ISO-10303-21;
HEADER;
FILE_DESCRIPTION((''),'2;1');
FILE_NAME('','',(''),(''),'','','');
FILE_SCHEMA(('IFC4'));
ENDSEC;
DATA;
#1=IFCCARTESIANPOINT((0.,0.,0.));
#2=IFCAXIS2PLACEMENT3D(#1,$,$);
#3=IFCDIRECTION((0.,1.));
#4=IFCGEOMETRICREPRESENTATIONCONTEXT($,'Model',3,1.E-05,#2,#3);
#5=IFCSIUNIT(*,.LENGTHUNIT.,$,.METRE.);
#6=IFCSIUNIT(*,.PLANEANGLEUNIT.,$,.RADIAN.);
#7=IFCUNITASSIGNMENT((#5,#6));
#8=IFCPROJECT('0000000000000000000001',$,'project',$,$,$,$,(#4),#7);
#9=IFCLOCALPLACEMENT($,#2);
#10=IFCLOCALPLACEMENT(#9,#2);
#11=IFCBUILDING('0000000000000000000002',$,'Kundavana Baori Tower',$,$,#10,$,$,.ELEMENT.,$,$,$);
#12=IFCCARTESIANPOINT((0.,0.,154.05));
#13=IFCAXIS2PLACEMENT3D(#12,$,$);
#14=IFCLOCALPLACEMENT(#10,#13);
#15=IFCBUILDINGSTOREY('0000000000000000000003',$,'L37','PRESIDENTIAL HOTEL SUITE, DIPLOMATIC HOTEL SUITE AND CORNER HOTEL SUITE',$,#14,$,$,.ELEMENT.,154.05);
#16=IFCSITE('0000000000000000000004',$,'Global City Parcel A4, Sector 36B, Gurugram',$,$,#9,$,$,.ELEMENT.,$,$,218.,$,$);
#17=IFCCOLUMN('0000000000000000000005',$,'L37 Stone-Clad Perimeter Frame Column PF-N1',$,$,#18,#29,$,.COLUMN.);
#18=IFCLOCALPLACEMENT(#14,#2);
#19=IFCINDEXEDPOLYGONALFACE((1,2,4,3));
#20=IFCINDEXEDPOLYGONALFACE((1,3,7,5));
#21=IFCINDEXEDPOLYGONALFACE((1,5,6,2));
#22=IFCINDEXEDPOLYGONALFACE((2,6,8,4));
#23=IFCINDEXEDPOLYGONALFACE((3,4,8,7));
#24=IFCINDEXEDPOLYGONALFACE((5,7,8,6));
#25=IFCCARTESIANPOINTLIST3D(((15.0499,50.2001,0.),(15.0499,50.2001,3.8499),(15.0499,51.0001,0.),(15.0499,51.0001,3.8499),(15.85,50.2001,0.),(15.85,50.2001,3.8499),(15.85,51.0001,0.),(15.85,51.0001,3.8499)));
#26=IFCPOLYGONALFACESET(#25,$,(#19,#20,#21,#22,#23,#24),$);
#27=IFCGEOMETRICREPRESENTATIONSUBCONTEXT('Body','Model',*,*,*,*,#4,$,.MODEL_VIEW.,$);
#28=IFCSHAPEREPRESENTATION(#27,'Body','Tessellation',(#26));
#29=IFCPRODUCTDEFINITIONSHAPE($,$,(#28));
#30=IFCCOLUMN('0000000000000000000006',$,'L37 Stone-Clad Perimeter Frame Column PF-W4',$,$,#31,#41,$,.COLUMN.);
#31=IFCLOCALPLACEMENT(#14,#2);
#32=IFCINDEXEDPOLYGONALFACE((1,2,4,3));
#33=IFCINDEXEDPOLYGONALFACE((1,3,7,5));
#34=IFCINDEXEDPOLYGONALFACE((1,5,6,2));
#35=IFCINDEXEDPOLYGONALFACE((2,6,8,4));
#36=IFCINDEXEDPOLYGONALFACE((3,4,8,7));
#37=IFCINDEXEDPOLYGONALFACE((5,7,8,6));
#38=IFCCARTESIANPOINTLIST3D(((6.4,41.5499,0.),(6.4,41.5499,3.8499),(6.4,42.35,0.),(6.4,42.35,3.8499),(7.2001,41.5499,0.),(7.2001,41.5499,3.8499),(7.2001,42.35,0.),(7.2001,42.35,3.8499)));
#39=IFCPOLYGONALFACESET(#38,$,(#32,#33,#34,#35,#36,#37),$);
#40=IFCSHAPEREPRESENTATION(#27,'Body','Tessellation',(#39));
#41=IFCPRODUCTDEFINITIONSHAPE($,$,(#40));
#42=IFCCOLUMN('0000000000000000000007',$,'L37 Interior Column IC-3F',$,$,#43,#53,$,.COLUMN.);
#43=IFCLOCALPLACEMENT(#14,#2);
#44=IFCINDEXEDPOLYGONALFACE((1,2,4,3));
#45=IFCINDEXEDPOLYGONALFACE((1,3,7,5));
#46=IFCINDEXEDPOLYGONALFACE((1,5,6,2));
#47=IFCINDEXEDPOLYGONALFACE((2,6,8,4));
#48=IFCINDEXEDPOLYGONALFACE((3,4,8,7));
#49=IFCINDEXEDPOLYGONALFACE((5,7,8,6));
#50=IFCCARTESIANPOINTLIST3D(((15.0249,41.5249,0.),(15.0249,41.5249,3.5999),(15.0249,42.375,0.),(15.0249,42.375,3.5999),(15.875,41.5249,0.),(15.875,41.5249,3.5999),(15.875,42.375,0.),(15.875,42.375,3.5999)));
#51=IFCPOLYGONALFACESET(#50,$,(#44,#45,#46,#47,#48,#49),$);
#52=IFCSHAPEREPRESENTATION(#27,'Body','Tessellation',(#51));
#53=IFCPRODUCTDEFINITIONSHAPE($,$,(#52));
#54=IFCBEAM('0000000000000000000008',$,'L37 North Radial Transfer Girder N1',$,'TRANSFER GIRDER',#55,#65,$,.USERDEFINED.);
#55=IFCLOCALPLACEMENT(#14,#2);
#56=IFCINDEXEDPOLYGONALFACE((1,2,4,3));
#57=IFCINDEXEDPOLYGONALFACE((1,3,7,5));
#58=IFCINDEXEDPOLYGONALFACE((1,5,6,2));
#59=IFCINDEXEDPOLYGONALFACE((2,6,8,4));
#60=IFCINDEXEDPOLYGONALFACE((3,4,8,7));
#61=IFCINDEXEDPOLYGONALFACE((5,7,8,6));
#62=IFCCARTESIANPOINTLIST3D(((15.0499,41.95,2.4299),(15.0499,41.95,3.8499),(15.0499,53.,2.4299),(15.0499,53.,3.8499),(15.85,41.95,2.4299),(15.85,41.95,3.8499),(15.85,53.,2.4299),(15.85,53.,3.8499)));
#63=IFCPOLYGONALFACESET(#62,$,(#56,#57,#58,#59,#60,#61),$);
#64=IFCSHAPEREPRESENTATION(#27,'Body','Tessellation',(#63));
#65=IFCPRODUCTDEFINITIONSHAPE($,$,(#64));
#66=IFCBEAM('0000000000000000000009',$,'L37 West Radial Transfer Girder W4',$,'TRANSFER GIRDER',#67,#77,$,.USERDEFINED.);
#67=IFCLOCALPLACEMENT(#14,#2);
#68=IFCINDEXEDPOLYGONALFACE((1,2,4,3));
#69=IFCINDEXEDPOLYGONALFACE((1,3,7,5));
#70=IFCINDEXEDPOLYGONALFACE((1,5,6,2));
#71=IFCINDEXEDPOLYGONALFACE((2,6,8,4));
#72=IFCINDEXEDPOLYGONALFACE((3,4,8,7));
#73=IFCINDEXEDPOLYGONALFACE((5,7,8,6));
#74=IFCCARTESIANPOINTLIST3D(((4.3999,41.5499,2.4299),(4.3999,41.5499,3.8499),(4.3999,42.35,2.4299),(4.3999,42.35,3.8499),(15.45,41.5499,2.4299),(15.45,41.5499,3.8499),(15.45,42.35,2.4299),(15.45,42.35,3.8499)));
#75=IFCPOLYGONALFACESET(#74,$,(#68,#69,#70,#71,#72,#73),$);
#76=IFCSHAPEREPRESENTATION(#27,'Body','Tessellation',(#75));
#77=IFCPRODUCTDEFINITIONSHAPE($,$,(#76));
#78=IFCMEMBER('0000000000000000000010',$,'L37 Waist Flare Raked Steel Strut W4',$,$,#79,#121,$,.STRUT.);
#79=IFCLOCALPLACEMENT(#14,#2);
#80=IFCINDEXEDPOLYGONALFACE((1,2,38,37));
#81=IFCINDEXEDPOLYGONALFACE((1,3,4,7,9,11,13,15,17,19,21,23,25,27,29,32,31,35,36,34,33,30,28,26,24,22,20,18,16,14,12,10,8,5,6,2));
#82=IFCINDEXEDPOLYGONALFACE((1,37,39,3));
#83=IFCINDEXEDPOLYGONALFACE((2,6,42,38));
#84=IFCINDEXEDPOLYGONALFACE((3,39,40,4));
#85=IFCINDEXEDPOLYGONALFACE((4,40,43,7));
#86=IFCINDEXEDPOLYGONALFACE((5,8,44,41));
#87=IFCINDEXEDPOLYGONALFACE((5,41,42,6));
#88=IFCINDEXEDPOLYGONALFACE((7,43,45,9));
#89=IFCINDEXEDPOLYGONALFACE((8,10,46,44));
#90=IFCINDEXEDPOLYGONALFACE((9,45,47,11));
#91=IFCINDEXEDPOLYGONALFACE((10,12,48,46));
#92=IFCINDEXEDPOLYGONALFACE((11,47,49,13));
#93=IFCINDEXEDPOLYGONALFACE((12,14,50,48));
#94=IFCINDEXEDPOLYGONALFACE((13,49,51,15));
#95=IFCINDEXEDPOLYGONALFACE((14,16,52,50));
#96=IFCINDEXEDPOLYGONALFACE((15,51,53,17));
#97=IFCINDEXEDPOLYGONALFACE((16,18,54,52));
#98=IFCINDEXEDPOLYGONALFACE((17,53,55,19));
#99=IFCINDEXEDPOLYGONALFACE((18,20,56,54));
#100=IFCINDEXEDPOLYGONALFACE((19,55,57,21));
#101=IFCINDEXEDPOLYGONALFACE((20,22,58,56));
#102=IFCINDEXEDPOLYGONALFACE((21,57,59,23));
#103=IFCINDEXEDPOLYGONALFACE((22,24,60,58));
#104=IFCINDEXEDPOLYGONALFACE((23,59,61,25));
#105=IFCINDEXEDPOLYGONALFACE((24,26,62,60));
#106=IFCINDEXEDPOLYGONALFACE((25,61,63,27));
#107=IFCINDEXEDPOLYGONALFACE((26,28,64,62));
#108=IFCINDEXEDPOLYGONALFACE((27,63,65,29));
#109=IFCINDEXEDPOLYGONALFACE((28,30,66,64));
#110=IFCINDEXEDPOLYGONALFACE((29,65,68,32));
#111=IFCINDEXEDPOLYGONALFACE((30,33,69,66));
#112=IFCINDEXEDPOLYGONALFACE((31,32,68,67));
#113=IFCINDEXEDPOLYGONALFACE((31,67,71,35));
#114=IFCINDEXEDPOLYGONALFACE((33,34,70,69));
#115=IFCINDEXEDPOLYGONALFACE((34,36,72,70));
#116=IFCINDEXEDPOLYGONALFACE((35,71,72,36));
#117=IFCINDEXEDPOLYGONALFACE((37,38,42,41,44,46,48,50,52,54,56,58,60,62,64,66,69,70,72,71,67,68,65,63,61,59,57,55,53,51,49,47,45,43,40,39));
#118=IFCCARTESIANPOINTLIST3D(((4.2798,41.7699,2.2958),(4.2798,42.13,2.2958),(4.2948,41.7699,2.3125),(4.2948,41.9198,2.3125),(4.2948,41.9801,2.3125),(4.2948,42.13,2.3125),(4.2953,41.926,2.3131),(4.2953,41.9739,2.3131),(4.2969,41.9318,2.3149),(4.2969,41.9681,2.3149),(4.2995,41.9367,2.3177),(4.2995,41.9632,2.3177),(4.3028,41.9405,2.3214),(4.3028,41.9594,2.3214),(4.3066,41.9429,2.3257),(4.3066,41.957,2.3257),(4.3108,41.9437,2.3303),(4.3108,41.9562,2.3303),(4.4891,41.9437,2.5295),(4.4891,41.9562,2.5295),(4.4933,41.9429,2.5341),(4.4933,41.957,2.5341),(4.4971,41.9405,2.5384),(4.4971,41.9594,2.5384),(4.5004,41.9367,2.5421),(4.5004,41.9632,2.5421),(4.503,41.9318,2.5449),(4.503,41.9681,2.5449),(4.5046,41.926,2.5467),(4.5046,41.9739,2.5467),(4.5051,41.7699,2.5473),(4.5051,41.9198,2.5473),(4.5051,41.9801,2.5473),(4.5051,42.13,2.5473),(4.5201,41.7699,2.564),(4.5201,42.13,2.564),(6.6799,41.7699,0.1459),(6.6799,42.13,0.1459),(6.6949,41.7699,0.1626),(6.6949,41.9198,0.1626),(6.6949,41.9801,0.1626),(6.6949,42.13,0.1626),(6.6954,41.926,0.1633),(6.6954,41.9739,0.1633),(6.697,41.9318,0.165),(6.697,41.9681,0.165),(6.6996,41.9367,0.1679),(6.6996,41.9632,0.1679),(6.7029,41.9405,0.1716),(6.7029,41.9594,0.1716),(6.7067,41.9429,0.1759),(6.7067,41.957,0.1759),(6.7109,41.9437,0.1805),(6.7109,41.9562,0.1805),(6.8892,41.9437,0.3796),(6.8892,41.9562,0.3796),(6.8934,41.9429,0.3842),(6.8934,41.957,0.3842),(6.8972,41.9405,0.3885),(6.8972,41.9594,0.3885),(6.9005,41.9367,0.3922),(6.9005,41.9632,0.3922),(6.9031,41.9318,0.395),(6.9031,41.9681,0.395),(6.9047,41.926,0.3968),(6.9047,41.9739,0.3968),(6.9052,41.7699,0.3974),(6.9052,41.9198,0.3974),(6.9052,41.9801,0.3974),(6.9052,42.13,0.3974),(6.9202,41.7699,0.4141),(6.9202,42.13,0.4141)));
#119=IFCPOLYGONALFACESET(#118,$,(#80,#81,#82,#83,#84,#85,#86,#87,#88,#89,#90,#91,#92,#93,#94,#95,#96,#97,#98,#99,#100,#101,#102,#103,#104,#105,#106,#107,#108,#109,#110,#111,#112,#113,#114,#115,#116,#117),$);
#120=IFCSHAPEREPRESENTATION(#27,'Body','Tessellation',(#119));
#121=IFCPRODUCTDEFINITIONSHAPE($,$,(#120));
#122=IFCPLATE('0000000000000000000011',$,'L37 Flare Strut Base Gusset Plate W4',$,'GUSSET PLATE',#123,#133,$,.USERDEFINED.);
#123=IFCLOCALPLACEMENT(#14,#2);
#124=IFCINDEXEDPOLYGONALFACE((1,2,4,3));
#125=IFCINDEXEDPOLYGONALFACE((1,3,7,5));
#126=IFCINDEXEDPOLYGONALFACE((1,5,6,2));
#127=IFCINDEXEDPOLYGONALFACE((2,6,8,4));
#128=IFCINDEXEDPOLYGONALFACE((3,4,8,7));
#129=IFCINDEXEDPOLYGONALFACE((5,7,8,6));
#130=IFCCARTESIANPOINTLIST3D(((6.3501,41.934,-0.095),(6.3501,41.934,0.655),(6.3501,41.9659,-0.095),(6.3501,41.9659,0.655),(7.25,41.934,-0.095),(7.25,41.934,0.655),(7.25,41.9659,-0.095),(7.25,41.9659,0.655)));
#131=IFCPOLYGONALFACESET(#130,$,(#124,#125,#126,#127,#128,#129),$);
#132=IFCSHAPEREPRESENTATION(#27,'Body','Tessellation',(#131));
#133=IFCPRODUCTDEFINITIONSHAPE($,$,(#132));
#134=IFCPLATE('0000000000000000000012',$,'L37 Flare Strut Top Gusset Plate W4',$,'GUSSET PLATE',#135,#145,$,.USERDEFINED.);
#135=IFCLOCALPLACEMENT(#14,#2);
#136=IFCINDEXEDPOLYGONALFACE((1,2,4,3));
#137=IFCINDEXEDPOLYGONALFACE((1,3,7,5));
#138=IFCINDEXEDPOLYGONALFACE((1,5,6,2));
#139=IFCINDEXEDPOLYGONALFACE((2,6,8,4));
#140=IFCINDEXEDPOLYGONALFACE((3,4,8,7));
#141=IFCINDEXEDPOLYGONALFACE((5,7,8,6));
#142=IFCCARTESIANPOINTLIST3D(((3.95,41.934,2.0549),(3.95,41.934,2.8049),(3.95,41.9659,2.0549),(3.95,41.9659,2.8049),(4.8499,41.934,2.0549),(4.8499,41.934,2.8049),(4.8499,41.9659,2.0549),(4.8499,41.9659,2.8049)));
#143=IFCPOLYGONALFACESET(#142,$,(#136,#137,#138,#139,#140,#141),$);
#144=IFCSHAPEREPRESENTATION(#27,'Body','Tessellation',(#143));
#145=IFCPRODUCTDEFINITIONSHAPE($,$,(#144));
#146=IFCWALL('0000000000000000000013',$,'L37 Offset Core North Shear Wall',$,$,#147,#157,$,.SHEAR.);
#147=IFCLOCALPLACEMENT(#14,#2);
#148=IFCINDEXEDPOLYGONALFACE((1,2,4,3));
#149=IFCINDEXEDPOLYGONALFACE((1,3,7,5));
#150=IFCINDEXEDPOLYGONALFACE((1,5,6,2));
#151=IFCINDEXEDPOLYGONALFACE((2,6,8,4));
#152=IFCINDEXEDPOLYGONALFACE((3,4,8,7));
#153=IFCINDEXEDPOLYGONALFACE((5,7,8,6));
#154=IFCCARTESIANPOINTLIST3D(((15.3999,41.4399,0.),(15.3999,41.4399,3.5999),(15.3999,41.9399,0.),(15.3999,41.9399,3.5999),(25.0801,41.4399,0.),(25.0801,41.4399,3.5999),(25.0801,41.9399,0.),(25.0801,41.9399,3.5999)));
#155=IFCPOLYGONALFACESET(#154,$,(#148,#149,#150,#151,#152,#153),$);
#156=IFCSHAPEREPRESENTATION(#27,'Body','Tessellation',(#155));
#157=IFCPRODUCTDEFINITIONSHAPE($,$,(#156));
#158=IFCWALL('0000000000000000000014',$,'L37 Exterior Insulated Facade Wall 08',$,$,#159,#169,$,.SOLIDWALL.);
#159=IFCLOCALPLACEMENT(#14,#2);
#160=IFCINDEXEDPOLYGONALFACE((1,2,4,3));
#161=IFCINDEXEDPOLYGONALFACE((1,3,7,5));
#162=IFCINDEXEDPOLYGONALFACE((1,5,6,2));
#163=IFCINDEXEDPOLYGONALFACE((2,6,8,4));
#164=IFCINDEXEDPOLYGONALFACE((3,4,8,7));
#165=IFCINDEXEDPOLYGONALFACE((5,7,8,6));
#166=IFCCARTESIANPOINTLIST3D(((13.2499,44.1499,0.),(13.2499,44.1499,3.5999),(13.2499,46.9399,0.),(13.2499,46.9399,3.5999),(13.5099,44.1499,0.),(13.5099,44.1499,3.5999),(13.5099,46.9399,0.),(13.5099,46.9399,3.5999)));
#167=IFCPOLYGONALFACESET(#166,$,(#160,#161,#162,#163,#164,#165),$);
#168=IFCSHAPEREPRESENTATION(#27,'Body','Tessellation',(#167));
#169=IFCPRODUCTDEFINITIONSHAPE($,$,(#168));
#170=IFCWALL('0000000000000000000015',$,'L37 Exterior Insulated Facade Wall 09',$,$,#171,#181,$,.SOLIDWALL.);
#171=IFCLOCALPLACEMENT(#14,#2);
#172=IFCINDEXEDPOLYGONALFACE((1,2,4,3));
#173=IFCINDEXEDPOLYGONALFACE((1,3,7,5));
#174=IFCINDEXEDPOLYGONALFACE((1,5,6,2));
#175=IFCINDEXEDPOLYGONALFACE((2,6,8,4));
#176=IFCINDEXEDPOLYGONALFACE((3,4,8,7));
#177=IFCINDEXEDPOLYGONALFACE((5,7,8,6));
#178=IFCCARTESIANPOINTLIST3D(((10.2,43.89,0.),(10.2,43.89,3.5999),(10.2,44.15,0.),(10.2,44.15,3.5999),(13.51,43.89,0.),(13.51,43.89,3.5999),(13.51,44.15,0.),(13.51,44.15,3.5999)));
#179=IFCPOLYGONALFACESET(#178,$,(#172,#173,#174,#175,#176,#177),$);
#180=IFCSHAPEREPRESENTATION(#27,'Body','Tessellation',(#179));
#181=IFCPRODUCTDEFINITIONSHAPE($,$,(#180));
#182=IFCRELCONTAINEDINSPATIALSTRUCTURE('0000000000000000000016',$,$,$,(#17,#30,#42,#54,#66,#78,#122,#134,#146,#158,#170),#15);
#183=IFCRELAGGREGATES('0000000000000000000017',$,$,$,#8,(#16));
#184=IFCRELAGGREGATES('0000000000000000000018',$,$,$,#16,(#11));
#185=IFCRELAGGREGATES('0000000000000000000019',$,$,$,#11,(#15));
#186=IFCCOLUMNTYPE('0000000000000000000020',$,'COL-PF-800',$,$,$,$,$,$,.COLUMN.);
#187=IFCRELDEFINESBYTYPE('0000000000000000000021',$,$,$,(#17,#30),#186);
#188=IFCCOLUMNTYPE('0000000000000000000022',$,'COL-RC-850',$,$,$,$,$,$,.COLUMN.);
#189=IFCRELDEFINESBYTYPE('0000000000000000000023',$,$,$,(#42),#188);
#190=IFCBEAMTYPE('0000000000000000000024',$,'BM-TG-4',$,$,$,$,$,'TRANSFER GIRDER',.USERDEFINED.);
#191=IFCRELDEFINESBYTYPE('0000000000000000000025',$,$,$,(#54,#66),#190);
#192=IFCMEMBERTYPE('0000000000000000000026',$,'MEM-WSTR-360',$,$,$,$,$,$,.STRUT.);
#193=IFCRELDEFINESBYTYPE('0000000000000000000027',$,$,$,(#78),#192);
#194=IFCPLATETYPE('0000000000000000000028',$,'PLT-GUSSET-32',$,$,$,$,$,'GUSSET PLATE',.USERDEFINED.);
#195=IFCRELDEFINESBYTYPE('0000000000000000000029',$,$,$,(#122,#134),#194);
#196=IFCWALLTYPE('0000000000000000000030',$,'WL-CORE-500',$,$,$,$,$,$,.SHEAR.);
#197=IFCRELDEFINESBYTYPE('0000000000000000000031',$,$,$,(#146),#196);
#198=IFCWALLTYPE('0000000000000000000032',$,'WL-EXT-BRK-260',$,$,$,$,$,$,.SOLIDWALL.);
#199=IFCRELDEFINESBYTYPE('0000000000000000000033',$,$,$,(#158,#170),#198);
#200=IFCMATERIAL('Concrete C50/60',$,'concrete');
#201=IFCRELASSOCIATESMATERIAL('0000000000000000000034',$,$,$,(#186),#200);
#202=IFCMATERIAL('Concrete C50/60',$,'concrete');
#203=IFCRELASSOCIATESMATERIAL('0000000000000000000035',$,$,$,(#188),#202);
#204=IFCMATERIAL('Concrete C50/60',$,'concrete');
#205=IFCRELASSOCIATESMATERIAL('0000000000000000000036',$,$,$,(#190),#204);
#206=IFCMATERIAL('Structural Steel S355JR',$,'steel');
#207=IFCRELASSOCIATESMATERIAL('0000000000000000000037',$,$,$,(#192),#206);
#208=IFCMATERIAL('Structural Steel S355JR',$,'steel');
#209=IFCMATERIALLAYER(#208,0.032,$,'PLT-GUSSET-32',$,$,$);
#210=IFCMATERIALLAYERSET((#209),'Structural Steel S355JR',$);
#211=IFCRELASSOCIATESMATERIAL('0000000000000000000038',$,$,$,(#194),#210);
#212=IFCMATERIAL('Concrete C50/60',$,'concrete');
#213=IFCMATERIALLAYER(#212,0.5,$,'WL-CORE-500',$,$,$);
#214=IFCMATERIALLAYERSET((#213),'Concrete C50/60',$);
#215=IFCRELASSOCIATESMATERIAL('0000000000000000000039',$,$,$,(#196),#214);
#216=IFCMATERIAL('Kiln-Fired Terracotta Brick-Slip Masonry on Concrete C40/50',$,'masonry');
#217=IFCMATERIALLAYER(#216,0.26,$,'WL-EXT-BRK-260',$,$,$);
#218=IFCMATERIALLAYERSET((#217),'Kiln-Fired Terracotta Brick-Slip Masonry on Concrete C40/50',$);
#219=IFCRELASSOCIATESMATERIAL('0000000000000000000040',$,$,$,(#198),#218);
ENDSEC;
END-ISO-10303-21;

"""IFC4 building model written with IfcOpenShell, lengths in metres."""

from ifc_helpers import new_model, si_unit, direction, frame, frame_2d, origin, origin_2d, place, context, subcontext, project, spatial, rectangle, i_section, extrude, material, layer, layer_set, material_profile, profile_set, type_object, element, save


model = new_model("IFC4")

# Units and contexts
model_context = context("Model", 3, precision=1e-05, world=origin(), true_north=direction((0.0, 1.0)))
body_context = subcontext(model_context, "Body", "Model", "MODEL_VIEW")
ifc_project = project(units=[si_unit("LENGTHUNIT", "METRE"), si_unit("PLANEANGLEUNIT", "RADIAN")], contexts=[model_context])

# Site, building, storey
site_placement = place(None, origin())
site = spatial("IfcSite", under=ifc_project, at=site_placement, Name="Global City Parcel A4, Sector 36B, Gurugram", CompositionType="ELEMENT", RefElevation=218.0)
building_placement = place(site_placement, origin())
building = spatial("IfcBuilding", under=site, at=building_placement, Name="Kundavana Baori Tower", CompositionType="ELEMENT")
storey_placement = place(building_placement, frame((0.0, 0.0, 154.05)))
storey = spatial("IfcBuildingStorey", under=building, at=storey_placement, Name="L37", Description="PRESIDENTIAL HOTEL SUITE, DIPLOMATIC HOTEL SUITE AND CORNER HOTEL SUITE", CompositionType="ELEMENT", Elevation=154.05)

# Columns
ifc_material_1 = material(Name="Concrete C50/60", Category="concrete")
ifc_material_profile_1 = material_profile(ifc_material_1, rectangle(XDim=0.8, YDim=0.8, at=origin_2d()), Name="RC PF 800x800")
ifc_profile_set_1 = profile_set([ifc_material_profile_1], Name="Concrete C50/60")
column_type_1 = type_object("IfcColumnType", Name="COL-PF-800", PredefinedType="COLUMN", material=ifc_profile_set_1)
for number, where, z_axis, x_axis, name in (
    (1, (15.45, 50.6001, 0.0), (0.0, 0.0, 1.0), (1.0, 0.0, 0.0), "L37 Stone-Clad Perimeter Frame Column PF-N1"),
    (2, (6.8, 41.95, 0.0), (0.0, 0.0, 1.0), (1.0, 0.0, 0.0), "L37 Stone-Clad Perimeter Frame Column PF-W4"),
):
    element("IfcColumn", number, at=place(storey_placement, frame(where, z_axis=z_axis, x_axis=x_axis)), inside=storey, type_object=column_type_1, Name=name, PredefinedType="COLUMN", context=body_context, shape_type="SweptSolid", body=[
        extrude(rectangle(XDim=0.8, YDim=0.8, at=origin_2d()), origin(), (0.0, 0.0, 1.0), 3.8499),
    ])
ifc_material_2 = material(Name="Concrete C50/60", Category="concrete")
ifc_material_profile_2 = material_profile(ifc_material_2, rectangle(XDim=0.8501, YDim=0.8501, at=origin_2d()), Name="RC 850x850")
ifc_profile_set_2 = profile_set([ifc_material_profile_2], Name="Concrete C50/60")
column_type_2 = type_object("IfcColumnType", Name="COL-RC-850", PredefinedType="COLUMN", material=ifc_profile_set_2)
column_placement = place(storey_placement, frame((15.45, 41.95, 0.0), z_axis=(0.0, 0.0, 1.0), x_axis=(1.0, 0.0, 0.0)))
element("IfcColumn", 3, at=column_placement, inside=storey, type_object=column_type_2, Name="L37 Interior Column IC-3F", PredefinedType="COLUMN", context=body_context, shape_type="SweptSolid", body=[
    extrude(rectangle(XDim=0.8501, YDim=0.8501, at=origin_2d()), origin(), (0.0, 0.0, 1.0), 3.5999),
])

# Beams
ifc_material_3 = material(Name="Concrete C50/60", Category="concrete")
ifc_material_profile_3 = material_profile(ifc_material_3, rectangle(XDim=0.8, YDim=1.4199, at=origin_2d()), Name="BM-TG-4")
ifc_profile_set_3 = profile_set([ifc_material_profile_3], Name="Concrete C50/60")
beam_type = type_object("IfcBeamType", Name="BM-TG-4", ElementType="TRANSFER GIRDER", PredefinedType="USERDEFINED", material=ifc_profile_set_3)
for number, where, z_axis, x_axis, name in (
    (4, (15.45, 41.95, 3.1399), (0.0, 1.0, 0.0), (-1.0, 0.0, 0.0), "L37 North Radial Transfer Girder N1"),
    (5, (15.45, 41.95, 3.1399), (-1.0, 0.0, 0.0), (0.0, -1.0, 0.0), "L37 West Radial Transfer Girder W4"),
):
    element("IfcBeam", number, at=place(storey_placement, frame(where, z_axis=z_axis, x_axis=x_axis)), inside=storey, type_object=beam_type, Name=name, ObjectType="TRANSFER GIRDER", PredefinedType="USERDEFINED", context=body_context, shape_type="SweptSolid", body=[
        extrude(rectangle(XDim=0.8, YDim=1.4199, at=origin_2d()), origin(), (0.0, 0.0, 1.0), 11.05),
    ])

# Member
ifc_material_4 = material(Name="Structural Steel S355JR", Category="steel")
ifc_material_profile_4 = material_profile(ifc_material_4, i_section(OverallWidth=0.3601, OverallDepth=0.3601, WebThickness=0.0125, FlangeThickness=0.0225, FilletRadius=0.0239, at=origin_2d()), Name="WPB 360x360x142")
ifc_profile_set_4 = profile_set([ifc_material_profile_4], Name="Structural Steel S355JR")
member_type = type_object("IfcMemberType", Name="MEM-WSTR-360", PredefinedType="STRUT", material=ifc_profile_set_4)
member_placement = place(storey_placement, frame((6.8, 41.95, 0.28), z_axis=(-0.744871, 0.0, 0.667209), x_axis=(0.0, -1.0, 0.0)))
element("IfcMember", 6, at=member_placement, inside=storey, type_object=member_type, Name="L37 Waist Flare Raked Steel Strut W4", PredefinedType="STRUT", context=body_context, shape_type="SweptSolid", body=[
    extrude(i_section(OverallWidth=0.3601, OverallDepth=0.3601, WebThickness=0.0125, FlangeThickness=0.0225, FilletRadius=0.0239, at=origin_2d()), origin(), (0.0, 0.0, 1.0), 3.2222),
])

# Plates
ifc_material_5 = material(Name="Structural Steel S355JR", Category="steel")
ifc_layer_1 = layer(ifc_material_5, 0.032, Name="PLT-GUSSET-32")
ifc_layer_set_1 = layer_set([ifc_layer_1], Name="Structural Steel S355JR")
plate_type = type_object("IfcPlateType", Name="PLT-GUSSET-32", ElementType="GUSSET PLATE", PredefinedType="USERDEFINED", material=ifc_layer_set_1)
for number, where, z_axis, x_axis, name in (
    (7, (6.8, 41.95, -0.095), (0.0, 0.0, 1.0), (1.0, 0.0, 0.0), "L37 Flare Strut Base Gusset Plate W4"),
    (8, (4.3999, 41.95, 2.0549), (0.0, 0.0, 1.0), (1.0, 0.0, 0.0), "L37 Flare Strut Top Gusset Plate W4"),
):
    element("IfcPlate", number, at=place(storey_placement, frame(where, z_axis=z_axis, x_axis=x_axis)), inside=storey, type_object=plate_type, Name=name, ObjectType="GUSSET PLATE", PredefinedType="USERDEFINED", context=body_context, shape_type="SweptSolid", body=[
        extrude(rectangle(XDim=0.8999, YDim=0.032, at=origin_2d()), origin(), (0.0, 0.0, 1.0), 0.75),
    ])

# Walls
ifc_material_6 = material(Name="Concrete C50/60", Category="concrete")
ifc_layer_2 = layer(ifc_material_6, 0.5, Name="WL-CORE-500")
ifc_layer_set_2 = layer_set([ifc_layer_2], Name="Concrete C50/60")
wall_type_1 = type_object("IfcWallType", Name="WL-CORE-500", PredefinedType="SHEAR", material=ifc_layer_set_2)
wall_1_placement = place(storey_placement, frame((15.3999, 41.6899, 0.0), z_axis=(0.0, 0.0, 1.0), x_axis=(1.0, 0.0, 0.0)))
element("IfcWall", 9, at=wall_1_placement, inside=storey, type_object=wall_type_1, Name="L37 Offset Core North Shear Wall", PredefinedType="SHEAR", context=body_context, shape_type="SweptSolid", body=[
    extrude(rectangle(XDim=9.6802, YDim=0.5, at=frame_2d((4.8401, 0.0))), origin(), (0.0, 0.0, 1.0), 3.5999),
])
ifc_material_7 = material(Name="Kiln-Fired Terracotta Brick-Slip Masonry on Concrete C40/50", Category="masonry")
ifc_layer_3 = layer(ifc_material_7, 0.26, Name="WL-EXT-BRK-260")
ifc_layer_set_3 = layer_set([ifc_layer_3], Name="Kiln-Fired Terracotta Brick-Slip Masonry on Concrete C40/50")
wall_type_2 = type_object("IfcWallType", Name="WL-EXT-BRK-260", PredefinedType="SOLIDWALL", material=ifc_layer_set_3)
wall_2_placement = place(storey_placement, frame((13.3799, 46.9399, 0.0), z_axis=(0.0, 0.0, 1.0), x_axis=(0.0, -1.0, 0.0)))
element("IfcWall", 10, at=wall_2_placement, inside=storey, type_object=wall_type_2, Name="L37 Exterior Insulated Facade Wall 08", PredefinedType="SOLIDWALL", context=body_context, shape_type="SweptSolid", body=[
    extrude(rectangle(XDim=2.79, YDim=0.26, at=frame_2d((1.395, 0.0))), origin(), (0.0, 0.0, 1.0), 3.5999),
])
wall_3_placement = place(storey_placement, frame((13.51, 44.02, 0.0), z_axis=(0.0, 0.0, 1.0), x_axis=(-1.0, 0.0, 0.0)))
element("IfcWall", 11, at=wall_3_placement, inside=storey, type_object=wall_type_2, Name="L37 Exterior Insulated Facade Wall 09", PredefinedType="SOLIDWALL", context=body_context, shape_type="SweptSolid", body=[
    extrude(rectangle(XDim=3.3101, YDim=0.26, at=frame_2d((1.655, 0.0))), origin(), (0.0, 0.0, 1.0), 3.5999),
])

save(model, "model.ifc")
